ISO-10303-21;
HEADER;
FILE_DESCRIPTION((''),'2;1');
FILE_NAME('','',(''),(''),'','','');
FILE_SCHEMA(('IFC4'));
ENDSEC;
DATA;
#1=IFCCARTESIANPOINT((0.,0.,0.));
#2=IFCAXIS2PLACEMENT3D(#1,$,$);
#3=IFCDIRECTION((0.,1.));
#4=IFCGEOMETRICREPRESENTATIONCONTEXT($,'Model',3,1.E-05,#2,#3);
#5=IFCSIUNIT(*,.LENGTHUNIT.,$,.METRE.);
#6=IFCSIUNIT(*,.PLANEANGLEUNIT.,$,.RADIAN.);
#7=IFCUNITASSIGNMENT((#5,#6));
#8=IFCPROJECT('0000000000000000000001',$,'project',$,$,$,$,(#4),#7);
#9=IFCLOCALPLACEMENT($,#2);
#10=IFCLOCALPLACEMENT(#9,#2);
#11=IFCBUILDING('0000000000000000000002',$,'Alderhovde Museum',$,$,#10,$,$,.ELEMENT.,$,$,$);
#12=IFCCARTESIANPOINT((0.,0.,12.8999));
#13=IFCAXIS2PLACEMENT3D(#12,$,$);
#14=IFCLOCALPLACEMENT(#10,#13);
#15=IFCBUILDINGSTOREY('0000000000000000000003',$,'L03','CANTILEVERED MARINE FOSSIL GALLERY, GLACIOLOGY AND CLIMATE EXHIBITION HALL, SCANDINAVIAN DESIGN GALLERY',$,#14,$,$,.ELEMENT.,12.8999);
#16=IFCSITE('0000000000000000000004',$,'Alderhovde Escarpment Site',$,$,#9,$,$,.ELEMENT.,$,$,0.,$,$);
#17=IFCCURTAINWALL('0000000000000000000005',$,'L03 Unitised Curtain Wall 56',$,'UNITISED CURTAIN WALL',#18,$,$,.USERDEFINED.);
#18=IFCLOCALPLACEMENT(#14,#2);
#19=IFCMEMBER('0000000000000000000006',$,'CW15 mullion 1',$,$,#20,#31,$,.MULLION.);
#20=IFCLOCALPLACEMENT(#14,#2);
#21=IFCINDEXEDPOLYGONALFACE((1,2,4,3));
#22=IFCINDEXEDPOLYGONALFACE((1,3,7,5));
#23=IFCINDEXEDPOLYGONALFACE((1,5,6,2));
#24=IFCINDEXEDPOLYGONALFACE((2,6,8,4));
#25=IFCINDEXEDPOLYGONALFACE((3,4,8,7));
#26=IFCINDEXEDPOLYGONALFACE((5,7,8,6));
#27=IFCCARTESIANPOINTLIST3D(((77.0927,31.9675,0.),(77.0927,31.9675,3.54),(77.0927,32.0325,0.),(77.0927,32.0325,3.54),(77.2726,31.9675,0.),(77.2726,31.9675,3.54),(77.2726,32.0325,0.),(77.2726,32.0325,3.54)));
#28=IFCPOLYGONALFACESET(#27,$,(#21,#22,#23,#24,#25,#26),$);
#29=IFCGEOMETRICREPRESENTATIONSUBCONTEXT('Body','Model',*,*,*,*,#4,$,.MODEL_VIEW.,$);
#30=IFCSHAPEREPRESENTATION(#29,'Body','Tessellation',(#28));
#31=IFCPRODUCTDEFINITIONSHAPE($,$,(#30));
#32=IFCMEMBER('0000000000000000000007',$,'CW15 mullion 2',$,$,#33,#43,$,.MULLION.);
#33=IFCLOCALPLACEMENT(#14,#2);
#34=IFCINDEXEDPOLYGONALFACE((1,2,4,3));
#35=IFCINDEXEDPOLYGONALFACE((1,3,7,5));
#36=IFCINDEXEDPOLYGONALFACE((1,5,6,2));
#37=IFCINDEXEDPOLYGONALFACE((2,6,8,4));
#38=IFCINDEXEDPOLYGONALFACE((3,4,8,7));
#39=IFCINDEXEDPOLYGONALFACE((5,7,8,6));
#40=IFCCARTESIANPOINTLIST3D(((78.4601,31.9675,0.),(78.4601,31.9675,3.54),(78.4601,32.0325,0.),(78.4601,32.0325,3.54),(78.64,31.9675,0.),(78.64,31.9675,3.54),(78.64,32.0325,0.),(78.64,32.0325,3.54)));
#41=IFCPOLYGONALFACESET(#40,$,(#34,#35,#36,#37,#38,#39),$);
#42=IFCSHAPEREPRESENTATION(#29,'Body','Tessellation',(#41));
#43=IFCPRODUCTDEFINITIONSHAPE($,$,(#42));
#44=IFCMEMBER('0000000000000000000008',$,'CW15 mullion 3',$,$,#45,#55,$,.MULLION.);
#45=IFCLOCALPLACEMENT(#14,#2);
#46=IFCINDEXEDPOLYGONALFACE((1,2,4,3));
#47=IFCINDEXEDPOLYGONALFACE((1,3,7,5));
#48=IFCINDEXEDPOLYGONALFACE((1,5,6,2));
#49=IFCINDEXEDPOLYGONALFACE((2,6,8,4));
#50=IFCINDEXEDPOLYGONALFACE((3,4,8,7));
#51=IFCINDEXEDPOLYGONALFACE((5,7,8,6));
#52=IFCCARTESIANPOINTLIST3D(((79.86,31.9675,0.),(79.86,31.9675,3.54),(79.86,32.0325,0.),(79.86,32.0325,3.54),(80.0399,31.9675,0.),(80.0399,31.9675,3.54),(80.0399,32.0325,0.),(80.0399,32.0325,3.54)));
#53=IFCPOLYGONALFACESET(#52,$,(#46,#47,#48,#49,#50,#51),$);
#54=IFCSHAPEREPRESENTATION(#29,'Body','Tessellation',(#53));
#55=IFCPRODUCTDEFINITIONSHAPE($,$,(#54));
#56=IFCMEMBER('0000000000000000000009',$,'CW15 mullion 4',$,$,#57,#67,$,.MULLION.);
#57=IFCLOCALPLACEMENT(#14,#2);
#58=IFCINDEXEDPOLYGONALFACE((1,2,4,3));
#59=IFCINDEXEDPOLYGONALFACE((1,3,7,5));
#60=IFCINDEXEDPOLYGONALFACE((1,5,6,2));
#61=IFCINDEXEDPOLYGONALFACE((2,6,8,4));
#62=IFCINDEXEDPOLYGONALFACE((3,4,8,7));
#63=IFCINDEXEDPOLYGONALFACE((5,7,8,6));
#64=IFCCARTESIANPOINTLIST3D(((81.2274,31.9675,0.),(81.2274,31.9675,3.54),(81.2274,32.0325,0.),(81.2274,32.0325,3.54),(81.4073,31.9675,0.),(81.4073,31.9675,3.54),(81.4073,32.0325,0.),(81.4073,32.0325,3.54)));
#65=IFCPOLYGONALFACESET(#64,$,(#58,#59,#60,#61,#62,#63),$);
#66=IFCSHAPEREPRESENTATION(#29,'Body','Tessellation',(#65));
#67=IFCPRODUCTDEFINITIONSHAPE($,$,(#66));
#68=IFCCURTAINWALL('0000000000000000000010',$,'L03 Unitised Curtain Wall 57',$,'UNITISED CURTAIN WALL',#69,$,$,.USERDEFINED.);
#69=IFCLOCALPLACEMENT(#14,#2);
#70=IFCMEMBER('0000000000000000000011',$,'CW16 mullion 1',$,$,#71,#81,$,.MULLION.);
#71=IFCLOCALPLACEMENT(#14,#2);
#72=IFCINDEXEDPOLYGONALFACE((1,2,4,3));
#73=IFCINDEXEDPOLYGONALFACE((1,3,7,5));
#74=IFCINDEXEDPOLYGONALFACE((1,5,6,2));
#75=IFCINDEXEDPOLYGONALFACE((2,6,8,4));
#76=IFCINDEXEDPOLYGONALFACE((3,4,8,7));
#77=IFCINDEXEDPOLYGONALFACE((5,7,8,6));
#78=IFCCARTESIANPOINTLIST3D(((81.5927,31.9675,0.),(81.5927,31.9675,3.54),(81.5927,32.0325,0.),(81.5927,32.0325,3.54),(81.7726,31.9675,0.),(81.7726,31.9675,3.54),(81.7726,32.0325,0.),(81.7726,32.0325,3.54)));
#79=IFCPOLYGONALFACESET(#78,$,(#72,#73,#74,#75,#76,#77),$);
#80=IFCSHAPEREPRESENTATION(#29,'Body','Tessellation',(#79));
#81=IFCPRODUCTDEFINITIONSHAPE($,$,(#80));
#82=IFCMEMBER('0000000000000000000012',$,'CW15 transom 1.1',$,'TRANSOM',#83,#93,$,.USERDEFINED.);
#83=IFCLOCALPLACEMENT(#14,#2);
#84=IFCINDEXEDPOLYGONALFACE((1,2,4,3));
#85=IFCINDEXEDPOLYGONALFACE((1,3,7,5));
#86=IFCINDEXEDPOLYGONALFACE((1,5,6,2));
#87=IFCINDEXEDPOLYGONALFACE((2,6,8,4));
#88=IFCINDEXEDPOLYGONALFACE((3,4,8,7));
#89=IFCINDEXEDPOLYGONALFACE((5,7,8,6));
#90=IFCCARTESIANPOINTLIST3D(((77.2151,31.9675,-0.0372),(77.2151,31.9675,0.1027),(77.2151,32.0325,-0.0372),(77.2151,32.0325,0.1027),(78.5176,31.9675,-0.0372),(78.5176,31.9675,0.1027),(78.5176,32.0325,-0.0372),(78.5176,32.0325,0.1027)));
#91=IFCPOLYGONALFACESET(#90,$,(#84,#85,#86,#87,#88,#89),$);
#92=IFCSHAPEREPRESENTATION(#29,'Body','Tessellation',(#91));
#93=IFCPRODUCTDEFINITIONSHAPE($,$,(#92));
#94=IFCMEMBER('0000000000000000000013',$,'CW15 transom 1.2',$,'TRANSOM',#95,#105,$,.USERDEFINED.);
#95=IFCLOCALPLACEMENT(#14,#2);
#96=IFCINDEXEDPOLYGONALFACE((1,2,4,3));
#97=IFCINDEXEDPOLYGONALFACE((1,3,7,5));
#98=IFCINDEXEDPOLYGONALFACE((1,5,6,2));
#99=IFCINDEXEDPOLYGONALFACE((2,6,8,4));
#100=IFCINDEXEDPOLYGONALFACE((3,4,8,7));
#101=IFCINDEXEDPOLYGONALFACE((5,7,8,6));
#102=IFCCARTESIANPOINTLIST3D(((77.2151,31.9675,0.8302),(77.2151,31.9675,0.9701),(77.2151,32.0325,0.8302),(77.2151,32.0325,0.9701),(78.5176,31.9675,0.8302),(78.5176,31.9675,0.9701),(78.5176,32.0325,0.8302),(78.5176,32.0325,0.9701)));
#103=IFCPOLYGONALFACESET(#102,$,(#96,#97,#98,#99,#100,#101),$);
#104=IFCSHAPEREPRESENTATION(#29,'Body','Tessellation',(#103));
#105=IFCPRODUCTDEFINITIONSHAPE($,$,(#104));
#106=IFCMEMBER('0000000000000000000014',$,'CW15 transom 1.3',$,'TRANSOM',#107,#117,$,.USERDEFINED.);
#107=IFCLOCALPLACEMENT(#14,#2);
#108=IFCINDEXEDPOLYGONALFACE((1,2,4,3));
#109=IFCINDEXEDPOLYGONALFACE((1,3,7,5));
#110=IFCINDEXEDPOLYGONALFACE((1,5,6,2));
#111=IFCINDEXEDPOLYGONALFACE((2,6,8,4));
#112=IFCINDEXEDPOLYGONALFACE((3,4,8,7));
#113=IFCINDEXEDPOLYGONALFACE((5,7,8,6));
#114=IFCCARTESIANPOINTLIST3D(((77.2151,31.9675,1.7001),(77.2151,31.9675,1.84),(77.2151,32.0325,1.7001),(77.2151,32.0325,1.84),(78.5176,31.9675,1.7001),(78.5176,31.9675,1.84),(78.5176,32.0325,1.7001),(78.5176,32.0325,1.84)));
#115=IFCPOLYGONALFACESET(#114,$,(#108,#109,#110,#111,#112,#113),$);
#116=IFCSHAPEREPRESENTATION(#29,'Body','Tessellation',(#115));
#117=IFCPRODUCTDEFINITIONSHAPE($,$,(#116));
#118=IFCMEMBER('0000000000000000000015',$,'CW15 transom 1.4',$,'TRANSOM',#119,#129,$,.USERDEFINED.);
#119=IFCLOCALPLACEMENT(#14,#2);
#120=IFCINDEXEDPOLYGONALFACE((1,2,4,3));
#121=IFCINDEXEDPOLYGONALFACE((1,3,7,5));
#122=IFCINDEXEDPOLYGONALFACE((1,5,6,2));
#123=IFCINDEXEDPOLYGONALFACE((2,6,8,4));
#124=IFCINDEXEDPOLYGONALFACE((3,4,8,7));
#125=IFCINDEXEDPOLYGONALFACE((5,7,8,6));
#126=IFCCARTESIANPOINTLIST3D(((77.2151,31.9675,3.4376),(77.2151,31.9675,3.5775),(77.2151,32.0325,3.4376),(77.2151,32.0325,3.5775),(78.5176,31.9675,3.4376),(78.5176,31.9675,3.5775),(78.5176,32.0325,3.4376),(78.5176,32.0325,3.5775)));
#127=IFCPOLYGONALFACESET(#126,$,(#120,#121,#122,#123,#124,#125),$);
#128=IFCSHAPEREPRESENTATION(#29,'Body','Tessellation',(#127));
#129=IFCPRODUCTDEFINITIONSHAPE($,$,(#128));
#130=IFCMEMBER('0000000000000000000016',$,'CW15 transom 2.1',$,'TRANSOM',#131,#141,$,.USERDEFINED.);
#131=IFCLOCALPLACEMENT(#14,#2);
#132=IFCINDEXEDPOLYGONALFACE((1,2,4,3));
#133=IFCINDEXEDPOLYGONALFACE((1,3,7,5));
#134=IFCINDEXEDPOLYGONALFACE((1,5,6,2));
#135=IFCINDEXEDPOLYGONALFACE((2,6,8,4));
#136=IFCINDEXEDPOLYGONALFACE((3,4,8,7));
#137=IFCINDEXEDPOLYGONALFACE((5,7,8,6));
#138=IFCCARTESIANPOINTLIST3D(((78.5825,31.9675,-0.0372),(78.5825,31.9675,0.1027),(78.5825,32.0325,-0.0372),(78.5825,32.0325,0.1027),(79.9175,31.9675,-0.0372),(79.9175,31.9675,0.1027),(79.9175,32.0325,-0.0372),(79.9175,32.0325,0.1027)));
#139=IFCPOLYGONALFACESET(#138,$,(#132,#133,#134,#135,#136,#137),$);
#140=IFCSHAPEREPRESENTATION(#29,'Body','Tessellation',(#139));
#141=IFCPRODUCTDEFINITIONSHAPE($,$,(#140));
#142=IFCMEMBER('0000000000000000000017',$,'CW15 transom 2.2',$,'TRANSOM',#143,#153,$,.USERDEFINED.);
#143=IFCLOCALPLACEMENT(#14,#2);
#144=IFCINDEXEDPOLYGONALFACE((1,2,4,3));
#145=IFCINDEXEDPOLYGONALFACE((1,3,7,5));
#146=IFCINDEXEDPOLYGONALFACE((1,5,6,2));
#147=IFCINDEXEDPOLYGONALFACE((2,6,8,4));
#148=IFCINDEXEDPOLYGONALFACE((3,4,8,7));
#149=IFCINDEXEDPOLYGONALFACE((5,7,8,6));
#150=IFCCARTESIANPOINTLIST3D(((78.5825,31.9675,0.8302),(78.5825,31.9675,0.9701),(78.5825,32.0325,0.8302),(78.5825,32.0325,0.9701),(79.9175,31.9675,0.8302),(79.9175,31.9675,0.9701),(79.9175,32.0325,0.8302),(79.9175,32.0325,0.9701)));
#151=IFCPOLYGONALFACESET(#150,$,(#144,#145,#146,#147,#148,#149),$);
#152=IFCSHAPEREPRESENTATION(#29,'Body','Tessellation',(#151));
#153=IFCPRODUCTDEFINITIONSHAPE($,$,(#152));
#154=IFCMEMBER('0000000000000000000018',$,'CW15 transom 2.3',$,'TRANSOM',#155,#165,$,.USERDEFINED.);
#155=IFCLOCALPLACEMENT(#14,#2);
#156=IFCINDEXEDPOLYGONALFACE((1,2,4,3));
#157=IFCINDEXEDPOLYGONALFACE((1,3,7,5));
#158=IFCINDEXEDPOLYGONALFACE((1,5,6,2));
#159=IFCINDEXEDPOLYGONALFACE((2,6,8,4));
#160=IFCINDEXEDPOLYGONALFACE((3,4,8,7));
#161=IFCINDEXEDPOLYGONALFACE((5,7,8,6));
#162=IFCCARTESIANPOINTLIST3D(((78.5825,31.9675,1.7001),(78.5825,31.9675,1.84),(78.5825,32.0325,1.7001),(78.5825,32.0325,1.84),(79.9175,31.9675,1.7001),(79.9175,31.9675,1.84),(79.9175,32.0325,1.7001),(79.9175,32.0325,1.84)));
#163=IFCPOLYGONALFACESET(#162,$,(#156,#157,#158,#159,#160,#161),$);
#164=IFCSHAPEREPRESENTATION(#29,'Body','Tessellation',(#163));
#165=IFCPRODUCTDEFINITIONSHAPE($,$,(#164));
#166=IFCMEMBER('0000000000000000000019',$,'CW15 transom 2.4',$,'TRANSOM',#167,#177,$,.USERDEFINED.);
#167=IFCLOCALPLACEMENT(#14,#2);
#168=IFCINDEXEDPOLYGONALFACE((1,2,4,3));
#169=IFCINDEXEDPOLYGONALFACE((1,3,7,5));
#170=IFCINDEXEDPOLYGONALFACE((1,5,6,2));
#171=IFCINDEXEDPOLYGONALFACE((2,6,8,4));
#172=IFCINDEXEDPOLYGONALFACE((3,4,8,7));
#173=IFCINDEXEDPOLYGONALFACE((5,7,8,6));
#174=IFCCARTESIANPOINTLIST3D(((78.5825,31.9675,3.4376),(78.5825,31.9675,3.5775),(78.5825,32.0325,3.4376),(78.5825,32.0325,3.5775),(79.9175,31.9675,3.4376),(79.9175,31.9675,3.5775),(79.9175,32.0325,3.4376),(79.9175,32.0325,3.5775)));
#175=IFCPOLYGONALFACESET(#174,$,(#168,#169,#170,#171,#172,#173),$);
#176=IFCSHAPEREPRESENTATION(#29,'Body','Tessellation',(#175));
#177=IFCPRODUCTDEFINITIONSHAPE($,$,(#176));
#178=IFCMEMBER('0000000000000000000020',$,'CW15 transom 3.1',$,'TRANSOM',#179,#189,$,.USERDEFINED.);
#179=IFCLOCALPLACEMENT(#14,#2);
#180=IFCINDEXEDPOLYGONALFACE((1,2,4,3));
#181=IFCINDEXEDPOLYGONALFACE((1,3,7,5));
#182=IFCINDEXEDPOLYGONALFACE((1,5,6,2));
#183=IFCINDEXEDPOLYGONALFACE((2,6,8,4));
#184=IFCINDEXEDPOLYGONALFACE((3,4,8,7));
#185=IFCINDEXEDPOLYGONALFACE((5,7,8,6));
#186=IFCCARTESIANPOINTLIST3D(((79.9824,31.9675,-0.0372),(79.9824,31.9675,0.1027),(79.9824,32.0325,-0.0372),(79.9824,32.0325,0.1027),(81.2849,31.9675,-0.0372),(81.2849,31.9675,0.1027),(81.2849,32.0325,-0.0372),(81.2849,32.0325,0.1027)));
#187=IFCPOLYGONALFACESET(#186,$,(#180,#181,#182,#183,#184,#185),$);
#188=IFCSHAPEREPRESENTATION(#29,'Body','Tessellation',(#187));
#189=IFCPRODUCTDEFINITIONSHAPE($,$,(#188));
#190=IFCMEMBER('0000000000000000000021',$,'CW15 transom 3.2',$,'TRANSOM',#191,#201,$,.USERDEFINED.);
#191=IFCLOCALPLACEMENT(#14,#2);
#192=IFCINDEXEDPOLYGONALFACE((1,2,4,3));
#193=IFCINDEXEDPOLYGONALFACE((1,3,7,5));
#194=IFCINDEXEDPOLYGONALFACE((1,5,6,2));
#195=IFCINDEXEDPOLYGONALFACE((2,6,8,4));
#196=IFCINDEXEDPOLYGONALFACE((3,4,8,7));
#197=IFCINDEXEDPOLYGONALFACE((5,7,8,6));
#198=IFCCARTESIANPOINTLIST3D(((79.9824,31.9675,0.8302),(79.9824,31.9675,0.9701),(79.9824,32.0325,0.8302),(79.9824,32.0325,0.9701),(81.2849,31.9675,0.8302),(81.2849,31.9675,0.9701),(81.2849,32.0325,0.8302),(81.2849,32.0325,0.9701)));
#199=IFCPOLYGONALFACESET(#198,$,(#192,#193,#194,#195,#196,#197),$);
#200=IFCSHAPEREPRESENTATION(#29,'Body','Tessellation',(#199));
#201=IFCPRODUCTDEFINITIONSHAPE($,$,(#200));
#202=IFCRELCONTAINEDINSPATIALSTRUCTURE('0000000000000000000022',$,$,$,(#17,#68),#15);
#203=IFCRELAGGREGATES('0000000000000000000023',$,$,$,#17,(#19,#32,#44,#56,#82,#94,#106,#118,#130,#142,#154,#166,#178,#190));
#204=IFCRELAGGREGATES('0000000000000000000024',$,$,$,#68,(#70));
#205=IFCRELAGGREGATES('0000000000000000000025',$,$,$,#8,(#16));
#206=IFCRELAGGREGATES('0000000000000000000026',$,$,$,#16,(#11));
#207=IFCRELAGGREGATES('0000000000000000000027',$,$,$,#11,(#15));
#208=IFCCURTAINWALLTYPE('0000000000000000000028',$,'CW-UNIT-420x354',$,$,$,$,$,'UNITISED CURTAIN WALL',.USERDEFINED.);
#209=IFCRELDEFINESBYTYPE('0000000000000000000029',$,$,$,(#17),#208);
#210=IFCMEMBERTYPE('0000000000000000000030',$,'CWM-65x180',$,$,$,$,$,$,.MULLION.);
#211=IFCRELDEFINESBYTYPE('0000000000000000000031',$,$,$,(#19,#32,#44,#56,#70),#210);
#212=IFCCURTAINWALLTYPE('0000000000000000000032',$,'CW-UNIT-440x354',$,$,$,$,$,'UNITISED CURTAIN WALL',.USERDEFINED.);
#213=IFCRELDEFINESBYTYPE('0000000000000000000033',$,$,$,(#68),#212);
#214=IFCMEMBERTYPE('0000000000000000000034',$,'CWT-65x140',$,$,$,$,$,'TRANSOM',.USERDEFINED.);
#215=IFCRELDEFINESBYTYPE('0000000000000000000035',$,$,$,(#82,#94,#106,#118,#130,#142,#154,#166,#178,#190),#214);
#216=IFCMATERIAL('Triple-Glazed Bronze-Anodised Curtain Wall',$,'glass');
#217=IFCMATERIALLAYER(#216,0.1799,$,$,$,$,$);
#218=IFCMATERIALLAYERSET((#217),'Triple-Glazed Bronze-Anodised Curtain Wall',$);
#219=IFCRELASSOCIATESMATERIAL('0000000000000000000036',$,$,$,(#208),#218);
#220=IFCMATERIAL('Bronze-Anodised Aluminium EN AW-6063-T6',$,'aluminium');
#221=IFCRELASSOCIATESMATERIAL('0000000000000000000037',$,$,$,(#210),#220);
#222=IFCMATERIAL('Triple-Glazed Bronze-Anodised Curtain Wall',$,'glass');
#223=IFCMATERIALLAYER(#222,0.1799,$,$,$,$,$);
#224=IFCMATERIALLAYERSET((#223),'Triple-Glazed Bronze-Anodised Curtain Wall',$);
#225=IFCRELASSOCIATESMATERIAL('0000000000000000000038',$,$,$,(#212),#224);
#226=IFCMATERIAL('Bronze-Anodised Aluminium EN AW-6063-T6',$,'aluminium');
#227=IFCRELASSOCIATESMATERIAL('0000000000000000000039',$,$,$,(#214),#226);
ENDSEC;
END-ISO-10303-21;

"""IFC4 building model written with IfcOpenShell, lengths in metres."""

from ifc_helpers import new_model, si_unit, direction, frame, origin, origin_2d, place, context, subcontext, project, spatial, rectangle, extrude, material, layer, layer_set, material_profile, profile_set, type_object, element, aggregate, save


model = new_model("IFC4")

# Units and contexts
model_context = context("Model", 3, precision=1e-05, world=origin(), true_north=direction((0.0, 1.0)))
body_context = subcontext(model_context, "Body", "Model", "MODEL_VIEW")
ifc_project = project(units=[si_unit("LENGTHUNIT", "METRE"), si_unit("PLANEANGLEUNIT", "RADIAN")], contexts=[model_context])

# Site, building, storey
site_placement = place(None, origin())
site = spatial("IfcSite", under=ifc_project, at=site_placement, Name="Alderhovde Escarpment Site", CompositionType="ELEMENT", RefElevation=0.0)
building_placement = place(site_placement, origin())
building = spatial("IfcBuilding", under=site, at=building_placement, Name="Alderhovde Museum", CompositionType="ELEMENT")
storey_placement = place(building_placement, frame((0.0, 0.0, 12.8999)))
storey = spatial("IfcBuildingStorey", under=building, at=storey_placement, Name="L03", Description="CANTILEVERED MARINE FOSSIL GALLERY, GLACIOLOGY AND CLIMATE EXHIBITION HALL, SCANDINAVIAN DESIGN GALLERY", CompositionType="ELEMENT", Elevation=12.8999)

# Curtain wall, members
ifc_material_1 = material(Name="Triple-Glazed Bronze-Anodised Curtain Wall", Category="glass")
ifc_layer_1 = layer(ifc_material_1, 0.1799)
ifc_layer_set_1 = layer_set([ifc_layer_1], Name="Triple-Glazed Bronze-Anodised Curtain Wall")
curtain_wall_type_1 = type_object("IfcCurtainWallType", Name="CW-UNIT-420x354", ElementType="UNITISED CURTAIN WALL", PredefinedType="USERDEFINED", material=ifc_layer_set_1)
curtain_wall_1_placement = place(storey_placement, origin())
curtain_wall_1 = element("IfcCurtainWall", 1, at=curtain_wall_1_placement, inside=storey, type_object=curtain_wall_type_1, Name="L03 Unitised Curtain Wall 56", ObjectType="UNITISED CURTAIN WALL", PredefinedType="USERDEFINED")
ifc_material_2 = material(Name="Bronze-Anodised Aluminium EN AW-6063-T6", Category="aluminium")
ifc_material_profile_1 = material_profile(ifc_material_2, rectangle(XDim=0.0649, YDim=0.1799, at=origin_2d()), Name="MULLION 65x180")
ifc_profile_set_1 = profile_set([ifc_material_profile_1], Name="Bronze-Anodised Aluminium EN AW-6063-T6")
member_type_1 = type_object("IfcMemberType", Name="CWM-65x180", PredefinedType="MULLION", material=ifc_profile_set_1)
member_1_placement = place(storey_placement, frame((77.1826, 32.0, 0.0), z_axis=(0.0, 0.0, 1.0), x_axis=(0.0, 1.0, 0.0)))
member_1 = element("IfcMember", 2, at=member_1_placement, type_object=member_type_1, Name="CW15 mullion 1", PredefinedType="MULLION", context=body_context, shape_type="SweptSolid", body=[
    extrude(rectangle(XDim=0.0649, YDim=0.1799, at=origin_2d()), origin(), (0.0, 0.0, 1.0), 3.54),
])
member_2_placement = place(storey_placement, frame((78.55, 32.0, 0.0), z_axis=(0.0, 0.0, 1.0), x_axis=(0.0, 1.0, 0.0)))
member_2 = element("IfcMember", 3, at=member_2_placement, type_object=member_type_1, Name="CW15 mullion 2", PredefinedType="MULLION", context=body_context, shape_type="SweptSolid", body=[
    extrude(rectangle(XDim=0.0649, YDim=0.1799, at=origin_2d()), origin(), (0.0, 0.0, 1.0), 3.54),
])
member_3_placement = place(storey_placement, frame((79.95, 32.0, 0.0), z_axis=(0.0, 0.0, 1.0), x_axis=(0.0, 1.0, 0.0)))
member_3 = element("IfcMember", 4, at=member_3_placement, type_object=member_type_1, Name="CW15 mullion 3", PredefinedType="MULLION", context=body_context, shape_type="SweptSolid", body=[
    extrude(rectangle(XDim=0.0649, YDim=0.1799, at=origin_2d()), origin(), (0.0, 0.0, 1.0), 3.54),
])
member_4_placement = place(storey_placement, frame((81.3174, 32.0, 0.0), z_axis=(0.0, 0.0, 1.0), x_axis=(0.0, 1.0, 0.0)))
member_4 = element("IfcMember", 5, at=member_4_placement, type_object=member_type_1, Name="CW15 mullion 4", PredefinedType="MULLION", context=body_context, shape_type="SweptSolid", body=[
    extrude(rectangle(XDim=0.0649, YDim=0.1799, at=origin_2d()), origin(), (0.0, 0.0, 1.0), 3.54),
])

# Curtain wall, member
ifc_material_3 = material(Name="Triple-Glazed Bronze-Anodised Curtain Wall", Category="glass")
ifc_layer_2 = layer(ifc_material_3, 0.1799)
ifc_layer_set_2 = layer_set([ifc_layer_2], Name="Triple-Glazed Bronze-Anodised Curtain Wall")
curtain_wall_type_2 = type_object("IfcCurtainWallType", Name="CW-UNIT-440x354", ElementType="UNITISED CURTAIN WALL", PredefinedType="USERDEFINED", material=ifc_layer_set_2)
curtain_wall_2_placement = place(storey_placement, origin())
curtain_wall_2 = element("IfcCurtainWall", 6, at=curtain_wall_2_placement, inside=storey, type_object=curtain_wall_type_2, Name="L03 Unitised Curtain Wall 57", ObjectType="UNITISED CURTAIN WALL", PredefinedType="USERDEFINED")
member_5_placement = place(storey_placement, frame((81.6826, 32.0, 0.0), z_axis=(0.0, 0.0, 1.0), x_axis=(0.0, 1.0, 0.0)))
member_5 = element("IfcMember", 7, at=member_5_placement, type_object=member_type_1, Name="CW16 mullion 1", PredefinedType="MULLION", context=body_context, shape_type="SweptSolid", body=[
    extrude(rectangle(XDim=0.0649, YDim=0.1799, at=origin_2d()), origin(), (0.0, 0.0, 1.0), 3.54),
])

# Members
ifc_material_4 = material(Name="Bronze-Anodised Aluminium EN AW-6063-T6", Category="aluminium")
ifc_material_profile_2 = material_profile(ifc_material_4, rectangle(XDim=0.0649, YDim=0.1399, at=origin_2d()), Name="TRANSOM 65x140")
ifc_profile_set_2 = profile_set([ifc_material_profile_2], Name="Bronze-Anodised Aluminium EN AW-6063-T6")
member_type_2 = type_object("IfcMemberType", Name="CWT-65x140", ElementType="TRANSOM", PredefinedType="USERDEFINED", material=ifc_profile_set_2)
member_6_placement = place(storey_placement, frame((77.2151, 32.0, 0.0327), z_axis=(1.0, 0.0, 0.0), x_axis=(0.0, 1.0, 0.0)))
member_6 = element("IfcMember", 8, at=member_6_placement, type_object=member_type_2, Name="CW15 transom 1.1", ObjectType="TRANSOM", PredefinedType="USERDEFINED", context=body_context, shape_type="SweptSolid", body=[
    extrude(rectangle(XDim=0.0649, YDim=0.1399, at=origin_2d()), origin(), (0.0, 0.0, 1.0), 1.3025),
])
member_7_placement = place(storey_placement, frame((77.2151, 32.0, 0.9001), z_axis=(1.0, 0.0, 0.0), x_axis=(0.0, 1.0, 0.0)))
member_7 = element("IfcMember", 9, at=member_7_placement, type_object=member_type_2, Name="CW15 transom 1.2", ObjectType="TRANSOM", PredefinedType="USERDEFINED", context=body_context, shape_type="SweptSolid", body=[
    extrude(rectangle(XDim=0.0649, YDim=0.1399, at=origin_2d()), origin(), (0.0, 0.0, 1.0), 1.3025),
])
member_8_placement = place(storey_placement, frame((77.2151, 32.0, 1.77), z_axis=(1.0, 0.0, 0.0), x_axis=(0.0, 1.0, 0.0)))
member_8 = element("IfcMember", 10, at=member_8_placement, type_object=member_type_2, Name="CW15 transom 1.3", ObjectType="TRANSOM", PredefinedType="USERDEFINED", context=body_context, shape_type="SweptSolid", body=[
    extrude(rectangle(XDim=0.0649, YDim=0.1399, at=origin_2d()), origin(), (0.0, 0.0, 1.0), 1.3025),
])
member_9_placement = place(storey_placement, frame((77.2151, 32.0, 3.5076), z_axis=(1.0, 0.0, 0.0), x_axis=(0.0, 1.0, 0.0)))
member_9 = element("IfcMember", 11, at=member_9_placement, type_object=member_type_2, Name="CW15 transom 1.4", ObjectType="TRANSOM", PredefinedType="USERDEFINED", context=body_context, shape_type="SweptSolid", body=[
    extrude(rectangle(XDim=0.0649, YDim=0.1399, at=origin_2d()), origin(), (0.0, 0.0, 1.0), 1.3025),
])
member_10_placement = place(storey_placement, frame((78.5825, 32.0, 0.0327), z_axis=(1.0, 0.0, 0.0), x_axis=(0.0, 1.0, 0.0)))
member_10 = element("IfcMember", 12, at=member_10_placement, type_object=member_type_2, Name="CW15 transom 2.1", ObjectType="TRANSOM", PredefinedType="USERDEFINED", context=body_context, shape_type="SweptSolid", body=[
    extrude(rectangle(XDim=0.0649, YDim=0.1399, at=origin_2d()), origin(), (0.0, 0.0, 1.0), 1.335),
])
member_11_placement = place(storey_placement, frame((78.5825, 32.0, 0.9001), z_axis=(1.0, 0.0, 0.0), x_axis=(0.0, 1.0, 0.0)))
member_11 = element("IfcMember", 13, at=member_11_placement, type_object=member_type_2, Name="CW15 transom 2.2", ObjectType="TRANSOM", PredefinedType="USERDEFINED", context=body_context, shape_type="SweptSolid", body=[
    extrude(rectangle(XDim=0.0649, YDim=0.1399, at=origin_2d()), origin(), (0.0, 0.0, 1.0), 1.335),
])
member_12_placement = place(storey_placement, frame((78.5825, 32.0, 1.77), z_axis=(1.0, 0.0, 0.0), x_axis=(0.0, 1.0, 0.0)))
member_12 = element("IfcMember", 14, at=member_12_placement, type_object=member_type_2, Name="CW15 transom 2.3", ObjectType="TRANSOM", PredefinedType="USERDEFINED", context=body_context, shape_type="SweptSolid", body=[
    extrude(rectangle(XDim=0.0649, YDim=0.1399, at=origin_2d()), origin(), (0.0, 0.0, 1.0), 1.335),
])
member_13_placement = place(storey_placement, frame((78.5825, 32.0, 3.5076), z_axis=(1.0, 0.0, 0.0), x_axis=(0.0, 1.0, 0.0)))
member_13 = element("IfcMember", 15, at=member_13_placement, type_object=member_type_2, Name="CW15 transom 2.4", ObjectType="TRANSOM", PredefinedType="USERDEFINED", context=body_context, shape_type="SweptSolid", body=[
    extrude(rectangle(XDim=0.0649, YDim=0.1399, at=origin_2d()), origin(), (0.0, 0.0, 1.0), 1.335),
])
member_14_placement = place(storey_placement, frame((79.9824, 32.0, 0.0327), z_axis=(1.0, 0.0, 0.0), x_axis=(0.0, 1.0, 0.0)))
member_14 = element("IfcMember", 16, at=member_14_placement, type_object=member_type_2, Name="CW15 transom 3.1", ObjectType="TRANSOM", PredefinedType="USERDEFINED", context=body_context, shape_type="SweptSolid", body=[
    extrude(rectangle(XDim=0.0649, YDim=0.1399, at=origin_2d()), origin(), (0.0, 0.0, 1.0), 1.3025),
])
member_15_placement = place(storey_placement, frame((79.9824, 32.0, 0.9001), z_axis=(1.0, 0.0, 0.0), x_axis=(0.0, 1.0, 0.0)))
member_15 = element("IfcMember", 17, at=member_15_placement, type_object=member_type_2, Name="CW15 transom 3.2", ObjectType="TRANSOM", PredefinedType="USERDEFINED", context=body_context, shape_type="SweptSolid", body=[
    extrude(rectangle(XDim=0.0649, YDim=0.1399, at=origin_2d()), origin(), (0.0, 0.0, 1.0), 1.3025),
])

aggregate(curtain_wall_1, [member_1, member_2, member_3, member_4, member_6, member_7, member_8, member_9, member_10, member_11, member_12, member_13, member_14, member_15])
aggregate(curtain_wall_2, [member_5])

save(model, "model.ifc")
